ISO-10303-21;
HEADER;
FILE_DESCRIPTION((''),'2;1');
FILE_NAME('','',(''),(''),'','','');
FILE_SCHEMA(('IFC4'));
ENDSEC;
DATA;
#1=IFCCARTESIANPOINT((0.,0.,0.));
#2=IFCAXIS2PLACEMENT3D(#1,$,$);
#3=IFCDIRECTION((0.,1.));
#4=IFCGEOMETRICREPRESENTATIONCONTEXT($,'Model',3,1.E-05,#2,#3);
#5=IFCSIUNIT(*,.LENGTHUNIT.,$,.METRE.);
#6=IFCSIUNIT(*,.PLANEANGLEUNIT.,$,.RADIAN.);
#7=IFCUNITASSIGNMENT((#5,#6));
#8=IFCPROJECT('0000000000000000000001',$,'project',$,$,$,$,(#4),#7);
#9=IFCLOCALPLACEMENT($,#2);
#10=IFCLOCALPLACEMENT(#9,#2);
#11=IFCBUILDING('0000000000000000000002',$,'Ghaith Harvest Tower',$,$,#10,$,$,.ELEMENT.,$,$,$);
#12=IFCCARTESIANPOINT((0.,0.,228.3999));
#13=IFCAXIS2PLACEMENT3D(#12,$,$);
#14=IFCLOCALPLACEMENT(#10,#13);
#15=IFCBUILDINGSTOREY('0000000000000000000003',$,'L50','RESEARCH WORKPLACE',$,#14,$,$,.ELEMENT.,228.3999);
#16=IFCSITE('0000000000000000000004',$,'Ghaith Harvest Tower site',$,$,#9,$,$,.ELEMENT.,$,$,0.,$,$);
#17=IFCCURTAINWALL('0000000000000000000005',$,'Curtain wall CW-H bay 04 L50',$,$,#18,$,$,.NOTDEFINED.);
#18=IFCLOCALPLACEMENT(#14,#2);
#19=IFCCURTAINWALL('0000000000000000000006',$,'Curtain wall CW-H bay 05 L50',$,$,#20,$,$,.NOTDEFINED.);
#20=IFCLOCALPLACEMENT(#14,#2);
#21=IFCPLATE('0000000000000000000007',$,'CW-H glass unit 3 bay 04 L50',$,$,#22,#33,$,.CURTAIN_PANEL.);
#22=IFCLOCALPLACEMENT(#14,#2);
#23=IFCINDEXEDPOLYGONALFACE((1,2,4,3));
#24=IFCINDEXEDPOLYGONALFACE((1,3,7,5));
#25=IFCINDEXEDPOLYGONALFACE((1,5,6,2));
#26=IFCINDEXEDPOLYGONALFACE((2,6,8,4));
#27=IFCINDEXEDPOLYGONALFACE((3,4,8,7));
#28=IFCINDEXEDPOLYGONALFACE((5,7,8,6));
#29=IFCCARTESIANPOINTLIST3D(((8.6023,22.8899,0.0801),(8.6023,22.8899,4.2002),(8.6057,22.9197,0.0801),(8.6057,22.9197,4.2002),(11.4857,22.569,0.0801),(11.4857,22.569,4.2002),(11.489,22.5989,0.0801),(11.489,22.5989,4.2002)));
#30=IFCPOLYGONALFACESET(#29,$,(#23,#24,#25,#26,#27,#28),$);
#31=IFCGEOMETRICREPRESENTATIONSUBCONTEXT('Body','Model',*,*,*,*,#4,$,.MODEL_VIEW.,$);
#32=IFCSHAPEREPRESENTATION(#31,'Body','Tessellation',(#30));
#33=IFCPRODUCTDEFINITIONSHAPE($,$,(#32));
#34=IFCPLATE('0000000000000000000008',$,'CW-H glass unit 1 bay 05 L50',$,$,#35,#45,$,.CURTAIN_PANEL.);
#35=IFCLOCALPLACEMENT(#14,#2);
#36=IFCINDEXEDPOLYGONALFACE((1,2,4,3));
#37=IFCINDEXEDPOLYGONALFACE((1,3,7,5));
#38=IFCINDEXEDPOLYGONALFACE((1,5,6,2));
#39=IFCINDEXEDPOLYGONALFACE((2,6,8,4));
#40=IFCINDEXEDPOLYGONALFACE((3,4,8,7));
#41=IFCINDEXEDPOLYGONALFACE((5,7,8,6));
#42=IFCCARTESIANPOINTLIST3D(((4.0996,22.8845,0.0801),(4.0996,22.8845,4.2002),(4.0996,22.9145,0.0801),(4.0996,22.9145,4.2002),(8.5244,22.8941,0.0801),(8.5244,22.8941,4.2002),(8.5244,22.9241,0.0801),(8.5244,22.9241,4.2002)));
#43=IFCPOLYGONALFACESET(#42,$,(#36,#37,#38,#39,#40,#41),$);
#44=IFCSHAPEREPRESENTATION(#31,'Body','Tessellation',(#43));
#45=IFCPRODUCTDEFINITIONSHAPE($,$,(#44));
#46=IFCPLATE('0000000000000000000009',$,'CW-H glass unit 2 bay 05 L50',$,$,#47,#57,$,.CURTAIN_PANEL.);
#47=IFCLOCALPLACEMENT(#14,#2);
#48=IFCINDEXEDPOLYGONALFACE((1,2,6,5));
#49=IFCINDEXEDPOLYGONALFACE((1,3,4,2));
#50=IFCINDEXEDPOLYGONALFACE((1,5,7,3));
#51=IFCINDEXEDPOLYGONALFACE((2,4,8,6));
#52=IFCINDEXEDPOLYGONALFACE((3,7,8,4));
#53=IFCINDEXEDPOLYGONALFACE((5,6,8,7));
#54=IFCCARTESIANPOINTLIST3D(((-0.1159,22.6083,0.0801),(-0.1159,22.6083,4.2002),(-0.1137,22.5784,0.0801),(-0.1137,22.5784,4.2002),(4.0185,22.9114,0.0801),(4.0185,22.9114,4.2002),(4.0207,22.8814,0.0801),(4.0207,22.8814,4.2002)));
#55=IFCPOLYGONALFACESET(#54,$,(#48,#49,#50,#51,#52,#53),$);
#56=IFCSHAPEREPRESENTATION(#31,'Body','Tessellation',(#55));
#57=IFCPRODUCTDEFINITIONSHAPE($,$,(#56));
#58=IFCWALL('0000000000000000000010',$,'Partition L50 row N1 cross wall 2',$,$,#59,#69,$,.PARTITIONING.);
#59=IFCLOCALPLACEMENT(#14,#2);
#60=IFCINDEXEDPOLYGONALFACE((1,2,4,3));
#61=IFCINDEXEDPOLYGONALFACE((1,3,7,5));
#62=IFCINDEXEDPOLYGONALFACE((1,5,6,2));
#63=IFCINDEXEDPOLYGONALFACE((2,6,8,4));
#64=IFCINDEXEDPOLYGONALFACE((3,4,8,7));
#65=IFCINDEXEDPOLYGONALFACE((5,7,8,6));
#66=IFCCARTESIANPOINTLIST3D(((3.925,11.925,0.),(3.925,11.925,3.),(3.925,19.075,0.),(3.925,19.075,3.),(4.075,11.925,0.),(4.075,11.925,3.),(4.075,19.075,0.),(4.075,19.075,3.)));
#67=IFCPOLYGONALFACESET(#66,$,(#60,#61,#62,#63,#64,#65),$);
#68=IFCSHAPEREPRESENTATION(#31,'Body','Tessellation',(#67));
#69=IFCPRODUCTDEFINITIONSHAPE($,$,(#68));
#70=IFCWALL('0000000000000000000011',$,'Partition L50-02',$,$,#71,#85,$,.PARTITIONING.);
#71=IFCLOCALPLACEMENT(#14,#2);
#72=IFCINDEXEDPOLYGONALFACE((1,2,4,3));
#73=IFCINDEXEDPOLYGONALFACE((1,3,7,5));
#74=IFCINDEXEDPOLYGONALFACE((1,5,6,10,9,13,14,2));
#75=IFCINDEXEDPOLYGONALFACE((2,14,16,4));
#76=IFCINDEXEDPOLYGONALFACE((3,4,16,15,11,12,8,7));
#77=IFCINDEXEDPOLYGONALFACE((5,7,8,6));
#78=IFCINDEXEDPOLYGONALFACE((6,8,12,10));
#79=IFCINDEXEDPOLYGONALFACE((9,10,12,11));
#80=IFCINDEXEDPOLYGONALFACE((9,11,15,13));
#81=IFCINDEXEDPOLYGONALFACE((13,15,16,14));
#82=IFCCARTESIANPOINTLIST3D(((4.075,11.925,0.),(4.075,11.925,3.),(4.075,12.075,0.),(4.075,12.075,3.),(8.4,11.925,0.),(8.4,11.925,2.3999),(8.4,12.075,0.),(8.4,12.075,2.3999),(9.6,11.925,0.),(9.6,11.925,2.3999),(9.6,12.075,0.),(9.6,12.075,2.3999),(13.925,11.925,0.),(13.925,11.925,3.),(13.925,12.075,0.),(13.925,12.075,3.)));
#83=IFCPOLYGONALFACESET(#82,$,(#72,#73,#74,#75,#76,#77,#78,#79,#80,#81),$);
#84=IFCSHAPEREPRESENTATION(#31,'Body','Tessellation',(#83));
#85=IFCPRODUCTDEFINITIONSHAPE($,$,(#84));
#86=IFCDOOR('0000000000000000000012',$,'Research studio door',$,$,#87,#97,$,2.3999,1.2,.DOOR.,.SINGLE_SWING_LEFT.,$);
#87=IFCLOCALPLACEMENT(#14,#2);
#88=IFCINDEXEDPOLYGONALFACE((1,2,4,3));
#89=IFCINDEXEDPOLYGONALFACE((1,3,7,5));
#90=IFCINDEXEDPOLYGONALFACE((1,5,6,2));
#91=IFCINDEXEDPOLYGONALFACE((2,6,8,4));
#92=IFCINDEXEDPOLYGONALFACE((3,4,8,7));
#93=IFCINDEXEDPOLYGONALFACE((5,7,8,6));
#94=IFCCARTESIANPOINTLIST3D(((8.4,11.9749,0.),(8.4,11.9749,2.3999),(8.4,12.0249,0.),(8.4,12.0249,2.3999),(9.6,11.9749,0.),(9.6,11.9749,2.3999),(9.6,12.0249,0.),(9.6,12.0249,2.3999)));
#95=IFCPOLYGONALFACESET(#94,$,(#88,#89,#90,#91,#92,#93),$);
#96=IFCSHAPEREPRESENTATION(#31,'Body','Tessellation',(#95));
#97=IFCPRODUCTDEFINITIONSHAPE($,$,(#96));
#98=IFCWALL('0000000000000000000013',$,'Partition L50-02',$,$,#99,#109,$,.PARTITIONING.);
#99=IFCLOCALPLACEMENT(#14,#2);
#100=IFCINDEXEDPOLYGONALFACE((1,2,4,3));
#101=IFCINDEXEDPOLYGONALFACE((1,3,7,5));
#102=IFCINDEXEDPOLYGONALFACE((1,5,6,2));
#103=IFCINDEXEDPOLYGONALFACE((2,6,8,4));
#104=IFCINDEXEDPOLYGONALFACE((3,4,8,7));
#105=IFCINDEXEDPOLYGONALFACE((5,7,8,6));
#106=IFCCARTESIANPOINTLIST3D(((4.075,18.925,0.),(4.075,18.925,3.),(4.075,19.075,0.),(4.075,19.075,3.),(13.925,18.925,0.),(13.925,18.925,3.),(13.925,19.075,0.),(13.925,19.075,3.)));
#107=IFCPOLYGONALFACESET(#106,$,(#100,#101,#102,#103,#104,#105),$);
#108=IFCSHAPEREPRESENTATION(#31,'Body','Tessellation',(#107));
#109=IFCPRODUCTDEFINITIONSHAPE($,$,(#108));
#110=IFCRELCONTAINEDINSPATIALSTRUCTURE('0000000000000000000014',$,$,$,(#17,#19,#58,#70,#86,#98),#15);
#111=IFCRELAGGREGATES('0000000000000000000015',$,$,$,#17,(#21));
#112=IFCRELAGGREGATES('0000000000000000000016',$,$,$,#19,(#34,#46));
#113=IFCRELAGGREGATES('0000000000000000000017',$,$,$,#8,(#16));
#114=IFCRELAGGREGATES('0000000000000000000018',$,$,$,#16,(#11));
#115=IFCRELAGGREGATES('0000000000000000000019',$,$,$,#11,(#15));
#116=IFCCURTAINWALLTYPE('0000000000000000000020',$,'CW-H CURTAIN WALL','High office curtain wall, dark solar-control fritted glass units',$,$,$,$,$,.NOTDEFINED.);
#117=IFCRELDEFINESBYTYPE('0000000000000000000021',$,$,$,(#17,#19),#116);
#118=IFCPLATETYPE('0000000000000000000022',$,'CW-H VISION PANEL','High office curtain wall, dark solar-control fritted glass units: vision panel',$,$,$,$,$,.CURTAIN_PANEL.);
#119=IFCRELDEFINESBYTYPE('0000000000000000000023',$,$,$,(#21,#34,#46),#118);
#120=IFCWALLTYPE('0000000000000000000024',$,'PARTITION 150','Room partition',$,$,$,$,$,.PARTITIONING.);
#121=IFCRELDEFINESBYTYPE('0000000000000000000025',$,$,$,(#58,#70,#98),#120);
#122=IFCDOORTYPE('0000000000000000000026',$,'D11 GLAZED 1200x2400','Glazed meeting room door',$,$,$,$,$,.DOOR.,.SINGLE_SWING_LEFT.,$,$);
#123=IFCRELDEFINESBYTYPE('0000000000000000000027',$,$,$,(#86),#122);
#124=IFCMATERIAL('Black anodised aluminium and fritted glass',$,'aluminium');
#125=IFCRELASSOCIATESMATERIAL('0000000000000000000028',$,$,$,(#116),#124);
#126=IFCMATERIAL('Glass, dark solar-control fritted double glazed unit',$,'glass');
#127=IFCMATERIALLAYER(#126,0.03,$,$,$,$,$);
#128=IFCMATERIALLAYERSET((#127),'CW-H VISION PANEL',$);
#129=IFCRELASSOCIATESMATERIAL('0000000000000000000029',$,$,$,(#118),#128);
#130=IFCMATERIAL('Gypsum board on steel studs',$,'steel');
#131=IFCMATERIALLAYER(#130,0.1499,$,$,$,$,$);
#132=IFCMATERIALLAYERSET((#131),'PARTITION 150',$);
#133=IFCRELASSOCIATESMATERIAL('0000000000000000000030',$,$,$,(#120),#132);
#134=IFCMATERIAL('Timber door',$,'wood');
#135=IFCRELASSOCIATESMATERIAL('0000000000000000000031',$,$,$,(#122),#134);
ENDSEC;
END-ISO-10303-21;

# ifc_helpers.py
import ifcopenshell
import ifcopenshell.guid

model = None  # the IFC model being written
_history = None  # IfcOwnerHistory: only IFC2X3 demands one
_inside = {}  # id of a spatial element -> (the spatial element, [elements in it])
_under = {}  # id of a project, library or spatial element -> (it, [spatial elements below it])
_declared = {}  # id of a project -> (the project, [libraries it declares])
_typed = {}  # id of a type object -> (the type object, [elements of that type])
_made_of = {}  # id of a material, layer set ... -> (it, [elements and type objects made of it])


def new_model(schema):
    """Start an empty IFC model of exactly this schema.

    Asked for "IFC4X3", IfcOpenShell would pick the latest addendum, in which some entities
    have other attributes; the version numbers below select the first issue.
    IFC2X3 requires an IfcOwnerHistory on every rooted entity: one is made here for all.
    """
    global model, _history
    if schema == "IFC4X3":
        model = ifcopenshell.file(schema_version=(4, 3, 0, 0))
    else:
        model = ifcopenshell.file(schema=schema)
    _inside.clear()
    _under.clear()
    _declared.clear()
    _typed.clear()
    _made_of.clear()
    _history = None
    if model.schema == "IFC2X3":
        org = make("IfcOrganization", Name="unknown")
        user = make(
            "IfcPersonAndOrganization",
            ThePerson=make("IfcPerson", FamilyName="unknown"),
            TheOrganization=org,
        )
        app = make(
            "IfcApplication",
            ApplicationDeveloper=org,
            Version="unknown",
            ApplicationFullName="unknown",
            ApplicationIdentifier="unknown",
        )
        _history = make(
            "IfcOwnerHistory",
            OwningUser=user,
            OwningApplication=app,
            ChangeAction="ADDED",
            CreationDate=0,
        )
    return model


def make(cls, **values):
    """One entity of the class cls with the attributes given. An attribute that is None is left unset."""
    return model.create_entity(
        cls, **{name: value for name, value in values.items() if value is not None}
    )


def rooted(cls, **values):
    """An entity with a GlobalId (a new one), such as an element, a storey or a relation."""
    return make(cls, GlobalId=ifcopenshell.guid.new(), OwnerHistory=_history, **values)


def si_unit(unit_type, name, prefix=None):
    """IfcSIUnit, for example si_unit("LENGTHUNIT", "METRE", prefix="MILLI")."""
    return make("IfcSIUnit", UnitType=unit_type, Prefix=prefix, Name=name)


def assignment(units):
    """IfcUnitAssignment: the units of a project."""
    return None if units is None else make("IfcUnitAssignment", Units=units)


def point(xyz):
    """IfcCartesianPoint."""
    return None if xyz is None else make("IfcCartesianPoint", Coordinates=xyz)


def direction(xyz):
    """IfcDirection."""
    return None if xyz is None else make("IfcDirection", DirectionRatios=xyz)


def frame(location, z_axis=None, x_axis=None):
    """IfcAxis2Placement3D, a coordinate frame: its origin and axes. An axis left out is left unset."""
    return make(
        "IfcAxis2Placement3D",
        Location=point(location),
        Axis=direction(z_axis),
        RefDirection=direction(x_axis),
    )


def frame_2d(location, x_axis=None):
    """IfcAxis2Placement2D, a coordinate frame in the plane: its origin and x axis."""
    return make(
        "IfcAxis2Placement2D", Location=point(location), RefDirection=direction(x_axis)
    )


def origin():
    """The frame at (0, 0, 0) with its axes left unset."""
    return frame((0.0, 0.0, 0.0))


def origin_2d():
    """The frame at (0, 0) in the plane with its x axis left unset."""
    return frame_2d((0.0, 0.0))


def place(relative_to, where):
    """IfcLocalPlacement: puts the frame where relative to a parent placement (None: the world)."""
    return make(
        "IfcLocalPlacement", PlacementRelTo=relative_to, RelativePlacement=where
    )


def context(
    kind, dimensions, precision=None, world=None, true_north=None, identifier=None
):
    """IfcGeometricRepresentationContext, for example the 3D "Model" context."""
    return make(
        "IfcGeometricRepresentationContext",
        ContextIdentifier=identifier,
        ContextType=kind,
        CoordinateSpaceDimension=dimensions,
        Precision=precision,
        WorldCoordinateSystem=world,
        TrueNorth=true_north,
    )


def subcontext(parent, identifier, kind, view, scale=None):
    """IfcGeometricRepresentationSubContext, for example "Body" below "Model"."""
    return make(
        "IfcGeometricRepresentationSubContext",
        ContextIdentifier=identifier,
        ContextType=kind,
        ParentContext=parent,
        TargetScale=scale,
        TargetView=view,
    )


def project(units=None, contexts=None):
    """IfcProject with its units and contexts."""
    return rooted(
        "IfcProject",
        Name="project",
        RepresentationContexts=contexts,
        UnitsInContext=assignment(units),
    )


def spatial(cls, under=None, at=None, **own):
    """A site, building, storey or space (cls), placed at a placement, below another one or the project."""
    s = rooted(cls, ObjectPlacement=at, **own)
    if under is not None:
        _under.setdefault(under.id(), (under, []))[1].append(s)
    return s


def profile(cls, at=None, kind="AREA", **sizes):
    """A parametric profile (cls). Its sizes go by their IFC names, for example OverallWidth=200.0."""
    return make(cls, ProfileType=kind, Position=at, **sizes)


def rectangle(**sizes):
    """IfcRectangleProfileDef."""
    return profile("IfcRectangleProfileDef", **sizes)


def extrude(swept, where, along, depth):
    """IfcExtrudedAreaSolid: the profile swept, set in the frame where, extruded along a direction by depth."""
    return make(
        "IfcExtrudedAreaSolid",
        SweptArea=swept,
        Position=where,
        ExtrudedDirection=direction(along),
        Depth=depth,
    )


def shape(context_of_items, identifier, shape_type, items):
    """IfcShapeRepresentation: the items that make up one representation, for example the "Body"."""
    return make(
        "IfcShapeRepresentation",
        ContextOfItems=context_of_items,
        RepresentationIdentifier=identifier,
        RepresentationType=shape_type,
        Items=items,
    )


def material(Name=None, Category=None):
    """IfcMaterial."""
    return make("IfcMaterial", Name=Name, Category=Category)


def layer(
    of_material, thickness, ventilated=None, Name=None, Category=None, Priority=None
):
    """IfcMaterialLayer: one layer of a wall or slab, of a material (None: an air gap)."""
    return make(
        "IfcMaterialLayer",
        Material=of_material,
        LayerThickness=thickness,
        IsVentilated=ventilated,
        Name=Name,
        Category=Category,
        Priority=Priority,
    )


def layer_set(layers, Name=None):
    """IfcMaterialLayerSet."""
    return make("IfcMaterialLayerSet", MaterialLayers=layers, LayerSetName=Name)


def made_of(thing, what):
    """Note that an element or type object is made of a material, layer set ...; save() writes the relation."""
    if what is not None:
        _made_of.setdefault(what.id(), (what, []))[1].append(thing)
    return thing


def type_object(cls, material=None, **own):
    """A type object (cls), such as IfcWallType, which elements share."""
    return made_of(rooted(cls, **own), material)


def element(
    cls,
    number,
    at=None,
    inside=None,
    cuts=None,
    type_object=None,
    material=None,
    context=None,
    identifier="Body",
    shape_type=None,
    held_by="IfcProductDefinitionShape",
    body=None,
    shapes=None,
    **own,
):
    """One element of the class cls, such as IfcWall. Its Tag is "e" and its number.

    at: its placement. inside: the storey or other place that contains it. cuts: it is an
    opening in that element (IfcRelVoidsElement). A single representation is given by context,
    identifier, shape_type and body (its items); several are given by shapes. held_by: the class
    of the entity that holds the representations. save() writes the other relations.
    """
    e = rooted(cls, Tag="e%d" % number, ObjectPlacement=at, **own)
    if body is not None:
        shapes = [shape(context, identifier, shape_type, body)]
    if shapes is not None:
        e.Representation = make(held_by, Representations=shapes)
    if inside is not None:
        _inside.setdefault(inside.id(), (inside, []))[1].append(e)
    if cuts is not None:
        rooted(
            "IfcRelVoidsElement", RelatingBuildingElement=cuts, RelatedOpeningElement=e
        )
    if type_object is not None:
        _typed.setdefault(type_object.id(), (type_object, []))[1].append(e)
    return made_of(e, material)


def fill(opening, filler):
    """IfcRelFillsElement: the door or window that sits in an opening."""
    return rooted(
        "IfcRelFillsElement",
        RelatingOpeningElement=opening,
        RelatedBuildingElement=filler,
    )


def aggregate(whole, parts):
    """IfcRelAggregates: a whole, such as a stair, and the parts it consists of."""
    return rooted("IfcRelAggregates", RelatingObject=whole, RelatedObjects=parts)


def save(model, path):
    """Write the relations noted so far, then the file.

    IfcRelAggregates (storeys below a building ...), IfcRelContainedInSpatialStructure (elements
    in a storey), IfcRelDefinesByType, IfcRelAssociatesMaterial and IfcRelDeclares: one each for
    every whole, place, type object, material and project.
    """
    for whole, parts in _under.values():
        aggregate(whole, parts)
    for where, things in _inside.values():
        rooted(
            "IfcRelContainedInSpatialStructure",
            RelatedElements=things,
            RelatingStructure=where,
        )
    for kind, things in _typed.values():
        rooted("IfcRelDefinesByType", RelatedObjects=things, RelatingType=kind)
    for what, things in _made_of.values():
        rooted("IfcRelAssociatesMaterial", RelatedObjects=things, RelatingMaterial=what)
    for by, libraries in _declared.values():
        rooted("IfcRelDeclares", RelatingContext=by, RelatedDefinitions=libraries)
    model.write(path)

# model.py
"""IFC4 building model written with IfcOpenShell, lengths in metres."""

from ifc_helpers import new_model, si_unit, direction, frame, frame_2d, origin, origin_2d, place, context, subcontext, project, spatial, rectangle, extrude, material, layer, layer_set, type_object, element, fill, aggregate, save


model = new_model("IFC4")

# Units and contexts
model_context = context("Model", 3, precision=1e-05, world=origin(), true_north=direction((0.0, 1.0)))
body_context = subcontext(model_context, "Body", "Model", "MODEL_VIEW")
ifc_project = project(units=[si_unit("LENGTHUNIT", "METRE"), si_unit("PLANEANGLEUNIT", "RADIAN")], contexts=[model_context])

# Site, building, storey
site_placement = place(None, origin())
site = spatial("IfcSite", under=ifc_project, at=site_placement, Name="Ghaith Harvest Tower site", CompositionType="ELEMENT", RefElevation=0.0)
building_placement = place(site_placement, origin())
building = spatial("IfcBuilding", under=site, at=building_placement, Name="Ghaith Harvest Tower", CompositionType="ELEMENT")
storey_placement = place(building_placement, frame((0.0, 0.0, 228.3999)))
storey = spatial("IfcBuildingStorey", under=building, at=storey_placement, Name="L50", Description="RESEARCH WORKPLACE", CompositionType="ELEMENT", Elevation=228.3999)

# Curtain wall
ifc_material_1 = material(Name="Black anodised aluminium and fritted glass", Category="aluminium")
curtain_wall_type = type_object("IfcCurtainWallType", Name="CW-H CURTAIN WALL", Description="High office curtain wall, dark solar-control fritted glass units", PredefinedType="NOTDEFINED", material=ifc_material_1)
curtain_wall_1_placement = place(storey_placement, origin())
curtain_wall_1 = element("IfcCurtainWall", 1, at=curtain_wall_1_placement, inside=storey, type_object=curtain_wall_type, Name="Curtain wall CW-H bay 04 L50", PredefinedType="NOTDEFINED")

# Curtain wall
curtain_wall_2_placement = place(storey_placement, origin())
curtain_wall_2 = element("IfcCurtainWall", 2, at=curtain_wall_2_placement, inside=storey, type_object=curtain_wall_type, Name="Curtain wall CW-H bay 05 L50", PredefinedType="NOTDEFINED")

# Plates
ifc_material_2 = material(Name="Glass, dark solar-control fritted double glazed unit", Category="glass")
ifc_layer_1 = layer(ifc_material_2, 0.03)
ifc_layer_set_1 = layer_set([ifc_layer_1], Name="CW-H VISION PANEL")
plate_type = type_object("IfcPlateType", Name="CW-H VISION PANEL", Description="High office curtain wall, dark solar-control fritted glass units: vision panel", PredefinedType="CURTAIN_PANEL", material=ifc_layer_set_1)
plate_1_placement = place(storey_placement, frame((10.0457, 22.7444, 0.0801), z_axis=(0.0, 0.0, 1.0), x_axis=(-0.993865, 0.110598, 0.0)))
plate_1 = element("IfcPlate", 3, at=plate_1_placement, type_object=plate_type, Name="CW-H glass unit 3 bay 04 L50", PredefinedType="CURTAIN_PANEL", context=body_context, shape_type="SweptSolid", body=[
    extrude(rectangle(XDim=2.9011, YDim=0.03, at=origin_2d()), origin(), (0.0, 0.0, 1.0), 4.1201),
])
aggregate(curtain_wall_1, [plate_1])
plate_2_placement = place(storey_placement, frame((6.312, 22.9043, 0.0801), z_axis=(0.0, 0.0, 1.0), x_axis=(-0.999998, -0.002171, 0.0)))
plate_2 = element("IfcPlate", 4, at=plate_2_placement, type_object=plate_type, Name="CW-H glass unit 1 bay 05 L50", PredefinedType="CURTAIN_PANEL", context=body_context, shape_type="SweptSolid", body=[
    extrude(rectangle(XDim=4.4248, YDim=0.03, at=origin_2d()), origin(), (0.0, 0.0, 1.0), 4.1201),
])
plate_3_placement = place(storey_placement, frame((1.9524, 22.7449, 0.0801), z_axis=(0.0, 0.0, 1.0), x_axis=(-0.997325, -0.073101, 0.0)))
plate_3 = element("IfcPlate", 5, at=plate_3_placement, type_object=plate_type, Name="CW-H glass unit 2 bay 05 L50", PredefinedType="CURTAIN_PANEL", context=body_context, shape_type="SweptSolid", body=[
    extrude(rectangle(XDim=4.1455, YDim=0.03, at=origin_2d()), origin(), (0.0, 0.0, 1.0), 4.1201),
])
aggregate(curtain_wall_2, [plate_2, plate_3])

# Wall
ifc_material_3 = material(Name="Gypsum board on steel studs", Category="steel")
ifc_layer_2 = layer(ifc_material_3, 0.1499)
ifc_layer_set_2 = layer_set([ifc_layer_2], Name="PARTITION 150")
wall_type = type_object("IfcWallType", Name="PARTITION 150", Description="Room partition", PredefinedType="PARTITIONING", material=ifc_layer_set_2)
wall_1_placement = place(storey_placement, frame((4.0, 11.925, 0.0), z_axis=(0.0, 0.0, 1.0), x_axis=(0.0, 1.0, 0.0)))
element("IfcWall", 6, at=wall_1_placement, inside=storey, type_object=wall_type, Name="Partition L50 row N1 cross wall 2", PredefinedType="PARTITIONING", context=body_context, shape_type="SweptSolid", body=[
    extrude(rectangle(XDim=7.1499, YDim=0.1499, at=frame_2d((3.575, 0.0))), origin(), (0.0, 0.0, 1.0), 3.0),
])

# Wall, opening, door
wall_2_placement = place(storey_placement, frame((4.075, 12.0, 0.0), z_axis=(0.0, 0.0, 1.0), x_axis=(1.0, 0.0, 0.0)))
wall_2 = element("IfcWall", 7, at=wall_2_placement, inside=storey, type_object=wall_type, Name="Partition L50-02", PredefinedType="PARTITIONING", context=body_context, shape_type="SweptSolid", body=[
    extrude(rectangle(XDim=9.8501, YDim=0.1499, at=frame_2d((4.925, 0.0))), origin(), (0.0, 0.0, 1.0), 3.0),
])
opening_placement = place(wall_2_placement, frame((4.325, 0.0, 0.0)))
opening = element("IfcOpeningElement", 8, at=opening_placement, cuts=wall_2, PredefinedType="OPENING", context=body_context, shape_type="SweptSolid", body=[
    extrude(rectangle(XDim=1.2, YDim=2.3999, at=frame_2d((0.6001, 1.2))), frame((0.0, 0.085, 0.0), z_axis=(0.0, -1.0, 0.0), x_axis=(1.0, 0.0, 0.0)), (0.0, 0.0, 1.0), 0.1699),
])
ifc_material_4 = material(Name="Timber door", Category="wood")
door_type = type_object("IfcDoorType", Name="D11 GLAZED 1200x2400", Description="Glazed meeting room door", OperationType="SINGLE_SWING_LEFT", PredefinedType="DOOR", material=ifc_material_4)
door_placement = place(opening_placement, origin())
door = element("IfcDoor", 9, at=door_placement, inside=storey, type_object=door_type, Name="Research studio door", OperationType="SINGLE_SWING_LEFT", OverallHeight=2.3999, OverallWidth=1.2, PredefinedType="DOOR", context=body_context, shape_type="SweptSolid", body=[
    extrude(rectangle(XDim=1.2, YDim=2.3999, at=frame_2d((0.6001, 1.2))), frame((0.0, 0.0249, 0.0), z_axis=(0.0, -1.0, 0.0), x_axis=(1.0, 0.0, 0.0)), (0.0, 0.0, 1.0), 0.05),
])
fill(opening, door)

# Wall
wall_3_placement = place(storey_placement, frame((4.075, 19.0, 0.0), z_axis=(0.0, 0.0, 1.0), x_axis=(1.0, 0.0, 0.0)))
element("IfcWall", 10, at=wall_3_placement, inside=storey, type_object=wall_type, Name="Partition L50-02", PredefinedType="PARTITIONING", context=body_context, shape_type="SweptSolid", body=[
    extrude(rectangle(XDim=9.8501, YDim=0.1499, at=frame_2d((4.925, 0.0))), origin(), (0.0, 0.0, 1.0), 3.0),
])

save(model, "model.ifc")
